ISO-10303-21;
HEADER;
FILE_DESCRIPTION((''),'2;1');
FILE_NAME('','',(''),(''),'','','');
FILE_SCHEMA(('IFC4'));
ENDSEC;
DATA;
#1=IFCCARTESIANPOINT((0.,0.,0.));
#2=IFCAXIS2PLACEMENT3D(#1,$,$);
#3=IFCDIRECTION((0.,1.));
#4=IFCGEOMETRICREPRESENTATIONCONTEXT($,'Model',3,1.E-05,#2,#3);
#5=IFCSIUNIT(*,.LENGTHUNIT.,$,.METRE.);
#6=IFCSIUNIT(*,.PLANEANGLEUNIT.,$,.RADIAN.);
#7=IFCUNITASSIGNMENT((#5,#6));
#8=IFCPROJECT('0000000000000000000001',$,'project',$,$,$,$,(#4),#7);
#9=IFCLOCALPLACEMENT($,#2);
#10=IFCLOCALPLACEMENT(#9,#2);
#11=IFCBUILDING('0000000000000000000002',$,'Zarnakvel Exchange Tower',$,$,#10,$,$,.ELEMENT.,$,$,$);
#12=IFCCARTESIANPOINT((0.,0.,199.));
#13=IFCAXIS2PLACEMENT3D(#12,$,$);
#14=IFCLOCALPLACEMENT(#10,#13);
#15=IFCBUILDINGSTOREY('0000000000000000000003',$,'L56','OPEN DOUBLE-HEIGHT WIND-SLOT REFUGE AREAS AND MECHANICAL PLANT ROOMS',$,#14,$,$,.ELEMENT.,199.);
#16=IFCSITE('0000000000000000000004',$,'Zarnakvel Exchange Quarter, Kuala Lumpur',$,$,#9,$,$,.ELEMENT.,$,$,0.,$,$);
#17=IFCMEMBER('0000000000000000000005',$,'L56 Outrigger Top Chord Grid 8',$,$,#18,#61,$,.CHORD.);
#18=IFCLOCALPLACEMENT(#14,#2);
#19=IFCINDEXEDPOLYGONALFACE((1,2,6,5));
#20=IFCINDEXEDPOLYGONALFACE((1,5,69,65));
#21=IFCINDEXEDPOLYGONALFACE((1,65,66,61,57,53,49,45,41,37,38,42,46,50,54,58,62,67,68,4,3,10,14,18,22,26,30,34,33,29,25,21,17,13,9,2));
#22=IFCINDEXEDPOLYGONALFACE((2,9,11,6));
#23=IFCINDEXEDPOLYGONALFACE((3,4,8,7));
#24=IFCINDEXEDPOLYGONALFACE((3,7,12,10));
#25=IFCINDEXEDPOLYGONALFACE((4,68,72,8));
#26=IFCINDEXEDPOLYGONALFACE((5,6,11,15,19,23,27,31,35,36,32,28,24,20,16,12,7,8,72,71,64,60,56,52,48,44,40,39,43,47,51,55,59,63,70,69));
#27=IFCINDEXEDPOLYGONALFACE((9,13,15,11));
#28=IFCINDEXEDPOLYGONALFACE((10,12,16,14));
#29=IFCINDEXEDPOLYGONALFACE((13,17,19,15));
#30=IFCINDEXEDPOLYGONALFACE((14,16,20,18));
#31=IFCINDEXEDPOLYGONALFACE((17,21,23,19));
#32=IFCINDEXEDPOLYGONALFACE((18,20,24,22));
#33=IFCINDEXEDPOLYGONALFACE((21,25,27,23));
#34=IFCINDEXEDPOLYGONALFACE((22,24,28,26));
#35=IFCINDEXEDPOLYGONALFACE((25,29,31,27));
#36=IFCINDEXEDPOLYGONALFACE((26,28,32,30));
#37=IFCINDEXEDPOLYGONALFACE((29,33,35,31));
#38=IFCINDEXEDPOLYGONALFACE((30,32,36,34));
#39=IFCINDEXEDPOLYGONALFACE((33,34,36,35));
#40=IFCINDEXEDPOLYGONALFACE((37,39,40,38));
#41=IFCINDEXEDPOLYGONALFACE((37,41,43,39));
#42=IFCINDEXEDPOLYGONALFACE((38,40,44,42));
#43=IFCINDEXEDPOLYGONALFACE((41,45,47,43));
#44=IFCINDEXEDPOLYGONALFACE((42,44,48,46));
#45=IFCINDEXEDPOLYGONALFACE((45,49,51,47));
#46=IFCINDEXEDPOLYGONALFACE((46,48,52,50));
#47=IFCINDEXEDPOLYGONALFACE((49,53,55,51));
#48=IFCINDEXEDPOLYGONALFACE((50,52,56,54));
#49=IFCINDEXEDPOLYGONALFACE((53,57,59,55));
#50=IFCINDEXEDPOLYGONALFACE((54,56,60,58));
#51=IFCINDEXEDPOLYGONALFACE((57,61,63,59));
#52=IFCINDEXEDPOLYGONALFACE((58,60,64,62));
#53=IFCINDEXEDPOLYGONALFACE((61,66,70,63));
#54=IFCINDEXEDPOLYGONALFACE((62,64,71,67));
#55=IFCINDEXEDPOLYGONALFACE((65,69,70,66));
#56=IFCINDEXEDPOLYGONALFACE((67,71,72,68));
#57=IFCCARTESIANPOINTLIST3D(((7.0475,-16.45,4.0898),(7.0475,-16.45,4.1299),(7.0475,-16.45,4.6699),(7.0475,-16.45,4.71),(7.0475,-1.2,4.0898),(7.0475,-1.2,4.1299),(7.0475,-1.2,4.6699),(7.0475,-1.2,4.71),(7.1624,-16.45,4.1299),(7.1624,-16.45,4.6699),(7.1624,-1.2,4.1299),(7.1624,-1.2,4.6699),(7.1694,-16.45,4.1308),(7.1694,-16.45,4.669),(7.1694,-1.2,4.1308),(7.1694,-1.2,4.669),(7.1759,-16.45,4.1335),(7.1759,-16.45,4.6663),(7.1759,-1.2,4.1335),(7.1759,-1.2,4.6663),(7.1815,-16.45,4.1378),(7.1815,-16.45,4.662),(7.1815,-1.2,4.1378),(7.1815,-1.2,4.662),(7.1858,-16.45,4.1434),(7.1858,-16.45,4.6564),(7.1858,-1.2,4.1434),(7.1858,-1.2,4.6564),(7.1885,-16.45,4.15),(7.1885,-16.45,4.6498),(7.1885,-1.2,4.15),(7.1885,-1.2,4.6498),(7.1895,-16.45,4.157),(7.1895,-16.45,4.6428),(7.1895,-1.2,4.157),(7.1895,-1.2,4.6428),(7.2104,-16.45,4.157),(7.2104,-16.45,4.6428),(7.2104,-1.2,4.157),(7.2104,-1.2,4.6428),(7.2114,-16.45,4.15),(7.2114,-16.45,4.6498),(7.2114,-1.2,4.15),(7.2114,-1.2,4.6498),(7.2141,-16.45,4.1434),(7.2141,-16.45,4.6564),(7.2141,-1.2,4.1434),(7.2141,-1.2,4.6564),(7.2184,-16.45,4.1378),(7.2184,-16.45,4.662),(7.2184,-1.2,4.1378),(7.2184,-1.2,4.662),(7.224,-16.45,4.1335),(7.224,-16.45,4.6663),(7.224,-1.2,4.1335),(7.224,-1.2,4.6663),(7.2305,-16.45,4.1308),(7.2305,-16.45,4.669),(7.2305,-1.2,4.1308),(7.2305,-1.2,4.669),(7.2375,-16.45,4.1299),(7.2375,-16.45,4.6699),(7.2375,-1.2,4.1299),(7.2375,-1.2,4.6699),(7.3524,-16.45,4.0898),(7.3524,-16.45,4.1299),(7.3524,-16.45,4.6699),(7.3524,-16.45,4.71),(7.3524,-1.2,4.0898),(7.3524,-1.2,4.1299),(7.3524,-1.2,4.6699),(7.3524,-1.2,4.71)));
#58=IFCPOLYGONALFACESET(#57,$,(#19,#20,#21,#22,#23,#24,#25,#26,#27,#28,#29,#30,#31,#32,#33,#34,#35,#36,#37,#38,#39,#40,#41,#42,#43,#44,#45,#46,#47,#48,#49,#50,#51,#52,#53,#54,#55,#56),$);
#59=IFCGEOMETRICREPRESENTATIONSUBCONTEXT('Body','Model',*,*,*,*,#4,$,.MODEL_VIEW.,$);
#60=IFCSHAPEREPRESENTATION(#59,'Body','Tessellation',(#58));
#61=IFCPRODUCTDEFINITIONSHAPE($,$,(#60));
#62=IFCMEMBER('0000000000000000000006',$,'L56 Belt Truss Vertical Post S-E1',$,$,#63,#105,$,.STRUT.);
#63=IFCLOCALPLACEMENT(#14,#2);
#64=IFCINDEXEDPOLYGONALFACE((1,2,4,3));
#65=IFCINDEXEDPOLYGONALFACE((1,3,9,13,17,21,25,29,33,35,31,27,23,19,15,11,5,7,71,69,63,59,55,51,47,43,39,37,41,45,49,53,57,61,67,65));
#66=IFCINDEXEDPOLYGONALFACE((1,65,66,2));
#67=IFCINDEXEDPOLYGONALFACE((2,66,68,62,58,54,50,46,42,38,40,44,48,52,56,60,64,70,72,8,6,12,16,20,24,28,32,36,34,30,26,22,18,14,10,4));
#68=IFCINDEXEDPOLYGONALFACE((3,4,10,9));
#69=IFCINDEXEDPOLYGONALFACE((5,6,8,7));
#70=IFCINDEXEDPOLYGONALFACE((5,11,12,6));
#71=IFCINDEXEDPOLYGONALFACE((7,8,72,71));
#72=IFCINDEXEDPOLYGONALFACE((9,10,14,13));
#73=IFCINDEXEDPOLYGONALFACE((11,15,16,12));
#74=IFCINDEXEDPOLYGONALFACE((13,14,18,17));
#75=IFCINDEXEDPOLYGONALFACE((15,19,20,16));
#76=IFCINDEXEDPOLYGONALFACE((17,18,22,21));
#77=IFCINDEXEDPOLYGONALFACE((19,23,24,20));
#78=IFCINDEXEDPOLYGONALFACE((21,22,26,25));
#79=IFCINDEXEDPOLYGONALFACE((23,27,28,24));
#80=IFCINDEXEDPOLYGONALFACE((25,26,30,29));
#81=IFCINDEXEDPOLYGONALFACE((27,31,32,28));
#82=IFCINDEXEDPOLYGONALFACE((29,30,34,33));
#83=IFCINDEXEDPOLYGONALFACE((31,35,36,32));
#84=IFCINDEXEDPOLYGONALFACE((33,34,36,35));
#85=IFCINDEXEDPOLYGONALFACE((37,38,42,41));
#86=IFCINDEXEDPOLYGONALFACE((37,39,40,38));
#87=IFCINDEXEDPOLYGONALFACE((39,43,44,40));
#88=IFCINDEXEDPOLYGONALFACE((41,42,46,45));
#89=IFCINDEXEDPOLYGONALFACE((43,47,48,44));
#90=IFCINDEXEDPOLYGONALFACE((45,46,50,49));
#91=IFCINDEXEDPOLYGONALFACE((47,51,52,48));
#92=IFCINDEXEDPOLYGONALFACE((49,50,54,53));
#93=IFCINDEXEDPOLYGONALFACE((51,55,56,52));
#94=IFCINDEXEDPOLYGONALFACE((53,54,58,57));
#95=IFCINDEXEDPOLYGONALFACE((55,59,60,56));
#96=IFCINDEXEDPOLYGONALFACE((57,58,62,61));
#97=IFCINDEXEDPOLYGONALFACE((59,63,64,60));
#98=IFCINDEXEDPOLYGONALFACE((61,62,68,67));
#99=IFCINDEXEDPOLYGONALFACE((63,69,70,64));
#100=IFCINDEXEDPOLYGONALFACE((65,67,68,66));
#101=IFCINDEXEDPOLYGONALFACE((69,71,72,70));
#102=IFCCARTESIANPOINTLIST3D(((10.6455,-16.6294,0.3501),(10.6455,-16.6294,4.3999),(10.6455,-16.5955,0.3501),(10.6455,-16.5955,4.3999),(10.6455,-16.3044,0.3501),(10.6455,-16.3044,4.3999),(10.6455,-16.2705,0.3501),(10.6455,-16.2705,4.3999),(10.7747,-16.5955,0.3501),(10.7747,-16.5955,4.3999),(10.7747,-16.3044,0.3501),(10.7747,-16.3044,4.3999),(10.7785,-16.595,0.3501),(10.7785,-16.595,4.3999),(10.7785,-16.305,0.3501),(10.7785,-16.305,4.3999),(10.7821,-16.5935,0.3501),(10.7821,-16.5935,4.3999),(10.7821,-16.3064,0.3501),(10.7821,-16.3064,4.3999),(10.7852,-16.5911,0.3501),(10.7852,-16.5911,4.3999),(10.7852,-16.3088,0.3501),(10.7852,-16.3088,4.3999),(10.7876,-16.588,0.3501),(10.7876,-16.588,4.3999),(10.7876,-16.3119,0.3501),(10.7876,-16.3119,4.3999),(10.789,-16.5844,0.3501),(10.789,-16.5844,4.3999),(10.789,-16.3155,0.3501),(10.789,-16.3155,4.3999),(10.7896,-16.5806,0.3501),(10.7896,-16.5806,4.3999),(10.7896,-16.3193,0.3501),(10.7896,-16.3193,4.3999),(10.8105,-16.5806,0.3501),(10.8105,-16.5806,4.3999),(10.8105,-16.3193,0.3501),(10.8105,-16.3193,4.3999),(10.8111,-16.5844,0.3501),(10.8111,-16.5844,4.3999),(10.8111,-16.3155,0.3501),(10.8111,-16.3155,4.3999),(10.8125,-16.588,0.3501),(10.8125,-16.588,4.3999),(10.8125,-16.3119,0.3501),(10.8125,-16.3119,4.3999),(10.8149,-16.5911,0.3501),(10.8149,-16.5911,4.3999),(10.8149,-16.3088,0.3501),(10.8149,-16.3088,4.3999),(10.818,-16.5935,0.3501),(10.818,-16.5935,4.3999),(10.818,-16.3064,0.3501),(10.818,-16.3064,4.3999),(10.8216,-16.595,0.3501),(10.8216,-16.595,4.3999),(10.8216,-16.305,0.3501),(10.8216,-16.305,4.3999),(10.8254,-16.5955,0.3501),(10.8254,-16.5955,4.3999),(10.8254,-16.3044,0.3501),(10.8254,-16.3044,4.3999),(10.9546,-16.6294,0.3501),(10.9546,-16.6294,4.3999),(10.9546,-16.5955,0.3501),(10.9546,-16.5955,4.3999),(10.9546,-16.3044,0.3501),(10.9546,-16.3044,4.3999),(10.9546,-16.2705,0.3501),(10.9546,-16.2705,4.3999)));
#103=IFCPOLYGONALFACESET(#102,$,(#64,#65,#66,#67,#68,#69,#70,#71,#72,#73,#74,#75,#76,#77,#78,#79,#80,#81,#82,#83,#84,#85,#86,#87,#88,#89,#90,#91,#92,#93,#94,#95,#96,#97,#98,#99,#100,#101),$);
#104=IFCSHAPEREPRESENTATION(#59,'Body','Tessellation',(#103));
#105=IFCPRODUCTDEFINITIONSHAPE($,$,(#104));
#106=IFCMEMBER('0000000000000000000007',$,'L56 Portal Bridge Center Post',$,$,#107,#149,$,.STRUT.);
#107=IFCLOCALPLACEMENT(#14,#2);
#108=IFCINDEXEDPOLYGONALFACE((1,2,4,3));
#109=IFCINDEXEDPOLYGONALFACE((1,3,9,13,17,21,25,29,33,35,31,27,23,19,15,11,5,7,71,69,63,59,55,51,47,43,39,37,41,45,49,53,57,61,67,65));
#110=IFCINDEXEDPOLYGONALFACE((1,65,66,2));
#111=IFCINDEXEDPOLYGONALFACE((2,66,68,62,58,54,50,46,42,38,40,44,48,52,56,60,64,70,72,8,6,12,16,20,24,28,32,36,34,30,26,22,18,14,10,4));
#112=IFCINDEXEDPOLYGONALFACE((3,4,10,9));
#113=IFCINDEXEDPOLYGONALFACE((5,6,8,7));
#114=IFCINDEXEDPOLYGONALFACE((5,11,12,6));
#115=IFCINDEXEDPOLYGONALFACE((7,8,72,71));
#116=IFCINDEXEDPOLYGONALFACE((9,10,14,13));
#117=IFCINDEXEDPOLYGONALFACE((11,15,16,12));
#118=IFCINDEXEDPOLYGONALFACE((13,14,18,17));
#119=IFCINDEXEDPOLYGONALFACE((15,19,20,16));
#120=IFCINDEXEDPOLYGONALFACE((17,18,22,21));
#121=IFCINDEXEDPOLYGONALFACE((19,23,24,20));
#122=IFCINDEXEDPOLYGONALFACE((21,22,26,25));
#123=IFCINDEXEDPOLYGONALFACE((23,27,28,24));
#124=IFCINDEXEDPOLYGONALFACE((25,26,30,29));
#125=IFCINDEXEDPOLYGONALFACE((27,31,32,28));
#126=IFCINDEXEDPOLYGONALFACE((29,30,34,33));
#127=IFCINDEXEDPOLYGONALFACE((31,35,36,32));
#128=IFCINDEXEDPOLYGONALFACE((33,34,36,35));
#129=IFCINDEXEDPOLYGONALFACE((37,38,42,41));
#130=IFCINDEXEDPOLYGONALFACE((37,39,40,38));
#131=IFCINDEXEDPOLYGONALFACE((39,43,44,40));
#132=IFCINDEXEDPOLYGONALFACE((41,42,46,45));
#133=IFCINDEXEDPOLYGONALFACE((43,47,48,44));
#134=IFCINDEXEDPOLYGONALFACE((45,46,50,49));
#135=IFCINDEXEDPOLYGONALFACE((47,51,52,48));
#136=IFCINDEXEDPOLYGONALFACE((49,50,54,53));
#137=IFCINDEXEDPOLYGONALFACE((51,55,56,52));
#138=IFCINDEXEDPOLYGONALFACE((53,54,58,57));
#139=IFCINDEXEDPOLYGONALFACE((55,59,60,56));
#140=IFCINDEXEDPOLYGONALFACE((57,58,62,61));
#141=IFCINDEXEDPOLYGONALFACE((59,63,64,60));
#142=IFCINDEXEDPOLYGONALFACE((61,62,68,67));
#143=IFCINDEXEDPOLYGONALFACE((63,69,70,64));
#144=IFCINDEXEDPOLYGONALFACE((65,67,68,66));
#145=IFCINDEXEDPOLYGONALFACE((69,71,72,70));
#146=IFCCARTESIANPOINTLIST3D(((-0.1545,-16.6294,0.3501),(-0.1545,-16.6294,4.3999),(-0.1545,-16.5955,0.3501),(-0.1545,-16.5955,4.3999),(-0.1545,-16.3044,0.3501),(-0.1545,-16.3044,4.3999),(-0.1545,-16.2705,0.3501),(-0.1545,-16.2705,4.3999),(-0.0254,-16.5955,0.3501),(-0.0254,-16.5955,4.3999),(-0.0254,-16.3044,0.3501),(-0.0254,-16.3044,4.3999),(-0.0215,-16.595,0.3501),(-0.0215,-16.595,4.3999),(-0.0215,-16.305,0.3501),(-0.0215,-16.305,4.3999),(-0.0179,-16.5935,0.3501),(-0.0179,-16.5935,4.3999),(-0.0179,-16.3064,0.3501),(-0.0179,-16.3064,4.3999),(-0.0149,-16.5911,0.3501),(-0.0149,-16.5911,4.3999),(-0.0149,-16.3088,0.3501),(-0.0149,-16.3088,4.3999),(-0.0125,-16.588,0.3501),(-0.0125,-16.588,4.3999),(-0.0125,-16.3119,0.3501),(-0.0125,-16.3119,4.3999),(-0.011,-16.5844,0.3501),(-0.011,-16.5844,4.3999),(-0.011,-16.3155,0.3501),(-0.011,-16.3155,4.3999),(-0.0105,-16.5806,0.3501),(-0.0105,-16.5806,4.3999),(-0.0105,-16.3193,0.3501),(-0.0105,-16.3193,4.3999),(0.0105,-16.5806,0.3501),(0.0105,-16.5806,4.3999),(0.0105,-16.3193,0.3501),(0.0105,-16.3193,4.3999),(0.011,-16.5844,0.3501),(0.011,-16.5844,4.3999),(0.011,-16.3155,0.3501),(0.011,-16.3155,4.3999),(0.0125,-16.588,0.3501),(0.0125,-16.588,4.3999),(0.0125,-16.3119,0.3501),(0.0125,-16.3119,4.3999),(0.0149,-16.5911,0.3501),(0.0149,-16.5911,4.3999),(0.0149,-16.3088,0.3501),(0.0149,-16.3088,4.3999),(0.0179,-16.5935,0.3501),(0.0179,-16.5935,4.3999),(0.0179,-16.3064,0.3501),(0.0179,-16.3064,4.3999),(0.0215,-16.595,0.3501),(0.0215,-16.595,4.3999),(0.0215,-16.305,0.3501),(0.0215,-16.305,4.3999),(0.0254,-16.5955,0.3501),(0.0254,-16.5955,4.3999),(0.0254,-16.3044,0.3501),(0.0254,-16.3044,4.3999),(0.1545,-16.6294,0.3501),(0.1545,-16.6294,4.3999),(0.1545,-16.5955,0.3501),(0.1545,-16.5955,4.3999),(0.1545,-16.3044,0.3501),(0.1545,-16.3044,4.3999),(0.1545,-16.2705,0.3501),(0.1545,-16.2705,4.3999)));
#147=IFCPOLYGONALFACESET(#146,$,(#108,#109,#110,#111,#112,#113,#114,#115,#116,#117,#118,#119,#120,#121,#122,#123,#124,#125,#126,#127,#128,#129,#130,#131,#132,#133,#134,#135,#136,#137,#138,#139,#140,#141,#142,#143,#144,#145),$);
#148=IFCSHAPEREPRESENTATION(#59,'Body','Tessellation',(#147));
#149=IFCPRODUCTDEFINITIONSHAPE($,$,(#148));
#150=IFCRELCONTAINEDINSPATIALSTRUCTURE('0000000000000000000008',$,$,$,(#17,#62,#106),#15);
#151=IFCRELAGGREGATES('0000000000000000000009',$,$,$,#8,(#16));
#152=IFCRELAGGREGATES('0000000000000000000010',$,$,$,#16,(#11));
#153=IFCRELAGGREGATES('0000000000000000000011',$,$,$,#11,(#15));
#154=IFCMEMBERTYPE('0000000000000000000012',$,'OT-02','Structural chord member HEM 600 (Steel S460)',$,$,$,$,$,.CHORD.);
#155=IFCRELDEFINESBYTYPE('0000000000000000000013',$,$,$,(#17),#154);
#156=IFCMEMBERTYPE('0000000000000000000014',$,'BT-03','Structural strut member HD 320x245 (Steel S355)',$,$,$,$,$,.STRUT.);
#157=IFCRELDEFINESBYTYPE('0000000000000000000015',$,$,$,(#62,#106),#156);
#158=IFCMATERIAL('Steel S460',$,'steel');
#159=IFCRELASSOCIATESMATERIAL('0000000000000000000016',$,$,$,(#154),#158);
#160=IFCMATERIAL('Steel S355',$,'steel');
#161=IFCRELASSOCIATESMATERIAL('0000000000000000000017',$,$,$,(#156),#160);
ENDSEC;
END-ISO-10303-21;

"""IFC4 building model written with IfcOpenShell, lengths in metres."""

from ifc_helpers import new_model, si_unit, direction, frame, origin, origin_2d, place, context, subcontext, project, spatial, i_section, extrude, source, transform, mapped, material, material_profile, profile_set, type_object, element, save


model = new_model("IFC4")

# Units and contexts
model_context = context("Model", 3, precision=1e-05, world=origin(), true_north=direction((0.0, 1.0)))
body_context = subcontext(model_context, "Body", "Model", "MODEL_VIEW")
ifc_project = project(units=[si_unit("LENGTHUNIT", "METRE"), si_unit("PLANEANGLEUNIT", "RADIAN")], contexts=[model_context])

# Site, building, storey
site_placement = place(None, origin())
site = spatial("IfcSite", under=ifc_project, at=site_placement, Name="Zarnakvel Exchange Quarter, Kuala Lumpur", CompositionType="ELEMENT", RefElevation=0.0)
building_placement = place(site_placement, origin())
building = spatial("IfcBuilding", under=site, at=building_placement, Name="Zarnakvel Exchange Tower", CompositionType="ELEMENT")
storey_placement = place(building_placement, frame((0.0, 0.0, 199.0)))
storey = spatial("IfcBuildingStorey", under=building, at=storey_placement, Name="L56", Description="OPEN DOUBLE-HEIGHT WIND-SLOT REFUGE AREAS AND MECHANICAL PLANT ROOMS", CompositionType="ELEMENT", Elevation=199.0)

# Shared definitions
ifc_material_1 = material(Name="Steel S355", Category="steel")
ifc_material_2 = material(Name="Steel S460", Category="steel")

# Members
ifc_material_profile_1 = material_profile(ifc_material_2, i_section(OverallWidth=0.3049, OverallDepth=0.6201, WebThickness=0.021, FlangeThickness=0.04, FilletRadius=0.0271, at=origin_2d()))
ifc_profile_set_1 = profile_set([ifc_material_profile_1], Name="Steel S460")
member_type_1 = type_object("IfcMemberType", Name="OT-02", Description="Structural chord member HEM 600 (Steel S460)", PredefinedType="CHORD", material=ifc_profile_set_1)
shared_shape_1 = source(origin(), body_context, "Body", "SweptSolid", [
    extrude(i_section(OverallWidth=0.3049, OverallDepth=0.6201, WebThickness=0.021, FlangeThickness=0.04, FilletRadius=0.0271, at=origin_2d()), origin(), (0.0, 0.0, 1.0), 15.25),
])
for number, where, z_axis, x_axis, name in (
    (1, (7.2, -16.45, 4.3999), (0.0, 1.0, 0.0), (-1.0, 0.0, 0.0), "L56 Outrigger Top Chord Grid 8"),
):
    element("IfcMember", number, at=place(storey_placement, frame(where, z_axis=z_axis, x_axis=x_axis)), inside=storey, type_object=member_type_1, Name=name, PredefinedType="CHORD", context=body_context, shape_type="MappedRepresentation", body=[
        mapped(shared_shape_1, transform((0.0, 0.0, 0.0), x_axis=(1.0, 0.0, 0.0), y_axis=(0.0, 1.0, 0.0), z_axis=(0.0, 0.0, 1.0), scale=1.0)),
    ])
ifc_material_profile_2 = material_profile(ifc_material_1, i_section(OverallWidth=0.3091, OverallDepth=0.3589, WebThickness=0.021, FlangeThickness=0.0339, FilletRadius=0.0149, at=origin_2d()))
ifc_profile_set_2 = profile_set([ifc_material_profile_2], Name="Steel S355")
member_type_2 = type_object("IfcMemberType", Name="BT-03", Description="Structural strut member HD 320x245 (Steel S355)", PredefinedType="STRUT", material=ifc_profile_set_2)
shared_shape_2 = source(origin(), body_context, "Body", "SweptSolid", [
    extrude(i_section(OverallWidth=0.3091, OverallDepth=0.3589, WebThickness=0.021, FlangeThickness=0.0339, FilletRadius=0.0149, at=origin_2d()), origin(), (0.0, 0.0, 1.0), 4.0498),
])
for number, where, z_axis, x_axis, name in (
    (2, (10.8, -16.45, 0.3501), (0.0, 0.0, 1.0), (1.0, 0.0, 0.0), "L56 Belt Truss Vertical Post S-E1"),
    (3, (0.0, -16.45, 0.3501), (0.0, 0.0, 1.0), (1.0, 0.0, 0.0), "L56 Portal Bridge Center Post"),
):
    element("IfcMember", number, at=place(storey_placement, frame(where, z_axis=z_axis, x_axis=x_axis)), inside=storey, type_object=member_type_2, Name=name, PredefinedType="STRUT", context=body_context, shape_type="MappedRepresentation", body=[
        mapped(shared_shape_2, transform((0.0, 0.0, 0.0), x_axis=(1.0, 0.0, 0.0), y_axis=(0.0, 1.0, 0.0), z_axis=(0.0, 0.0, 1.0), scale=1.0)),
    ])

save(model, "model.ifc")
